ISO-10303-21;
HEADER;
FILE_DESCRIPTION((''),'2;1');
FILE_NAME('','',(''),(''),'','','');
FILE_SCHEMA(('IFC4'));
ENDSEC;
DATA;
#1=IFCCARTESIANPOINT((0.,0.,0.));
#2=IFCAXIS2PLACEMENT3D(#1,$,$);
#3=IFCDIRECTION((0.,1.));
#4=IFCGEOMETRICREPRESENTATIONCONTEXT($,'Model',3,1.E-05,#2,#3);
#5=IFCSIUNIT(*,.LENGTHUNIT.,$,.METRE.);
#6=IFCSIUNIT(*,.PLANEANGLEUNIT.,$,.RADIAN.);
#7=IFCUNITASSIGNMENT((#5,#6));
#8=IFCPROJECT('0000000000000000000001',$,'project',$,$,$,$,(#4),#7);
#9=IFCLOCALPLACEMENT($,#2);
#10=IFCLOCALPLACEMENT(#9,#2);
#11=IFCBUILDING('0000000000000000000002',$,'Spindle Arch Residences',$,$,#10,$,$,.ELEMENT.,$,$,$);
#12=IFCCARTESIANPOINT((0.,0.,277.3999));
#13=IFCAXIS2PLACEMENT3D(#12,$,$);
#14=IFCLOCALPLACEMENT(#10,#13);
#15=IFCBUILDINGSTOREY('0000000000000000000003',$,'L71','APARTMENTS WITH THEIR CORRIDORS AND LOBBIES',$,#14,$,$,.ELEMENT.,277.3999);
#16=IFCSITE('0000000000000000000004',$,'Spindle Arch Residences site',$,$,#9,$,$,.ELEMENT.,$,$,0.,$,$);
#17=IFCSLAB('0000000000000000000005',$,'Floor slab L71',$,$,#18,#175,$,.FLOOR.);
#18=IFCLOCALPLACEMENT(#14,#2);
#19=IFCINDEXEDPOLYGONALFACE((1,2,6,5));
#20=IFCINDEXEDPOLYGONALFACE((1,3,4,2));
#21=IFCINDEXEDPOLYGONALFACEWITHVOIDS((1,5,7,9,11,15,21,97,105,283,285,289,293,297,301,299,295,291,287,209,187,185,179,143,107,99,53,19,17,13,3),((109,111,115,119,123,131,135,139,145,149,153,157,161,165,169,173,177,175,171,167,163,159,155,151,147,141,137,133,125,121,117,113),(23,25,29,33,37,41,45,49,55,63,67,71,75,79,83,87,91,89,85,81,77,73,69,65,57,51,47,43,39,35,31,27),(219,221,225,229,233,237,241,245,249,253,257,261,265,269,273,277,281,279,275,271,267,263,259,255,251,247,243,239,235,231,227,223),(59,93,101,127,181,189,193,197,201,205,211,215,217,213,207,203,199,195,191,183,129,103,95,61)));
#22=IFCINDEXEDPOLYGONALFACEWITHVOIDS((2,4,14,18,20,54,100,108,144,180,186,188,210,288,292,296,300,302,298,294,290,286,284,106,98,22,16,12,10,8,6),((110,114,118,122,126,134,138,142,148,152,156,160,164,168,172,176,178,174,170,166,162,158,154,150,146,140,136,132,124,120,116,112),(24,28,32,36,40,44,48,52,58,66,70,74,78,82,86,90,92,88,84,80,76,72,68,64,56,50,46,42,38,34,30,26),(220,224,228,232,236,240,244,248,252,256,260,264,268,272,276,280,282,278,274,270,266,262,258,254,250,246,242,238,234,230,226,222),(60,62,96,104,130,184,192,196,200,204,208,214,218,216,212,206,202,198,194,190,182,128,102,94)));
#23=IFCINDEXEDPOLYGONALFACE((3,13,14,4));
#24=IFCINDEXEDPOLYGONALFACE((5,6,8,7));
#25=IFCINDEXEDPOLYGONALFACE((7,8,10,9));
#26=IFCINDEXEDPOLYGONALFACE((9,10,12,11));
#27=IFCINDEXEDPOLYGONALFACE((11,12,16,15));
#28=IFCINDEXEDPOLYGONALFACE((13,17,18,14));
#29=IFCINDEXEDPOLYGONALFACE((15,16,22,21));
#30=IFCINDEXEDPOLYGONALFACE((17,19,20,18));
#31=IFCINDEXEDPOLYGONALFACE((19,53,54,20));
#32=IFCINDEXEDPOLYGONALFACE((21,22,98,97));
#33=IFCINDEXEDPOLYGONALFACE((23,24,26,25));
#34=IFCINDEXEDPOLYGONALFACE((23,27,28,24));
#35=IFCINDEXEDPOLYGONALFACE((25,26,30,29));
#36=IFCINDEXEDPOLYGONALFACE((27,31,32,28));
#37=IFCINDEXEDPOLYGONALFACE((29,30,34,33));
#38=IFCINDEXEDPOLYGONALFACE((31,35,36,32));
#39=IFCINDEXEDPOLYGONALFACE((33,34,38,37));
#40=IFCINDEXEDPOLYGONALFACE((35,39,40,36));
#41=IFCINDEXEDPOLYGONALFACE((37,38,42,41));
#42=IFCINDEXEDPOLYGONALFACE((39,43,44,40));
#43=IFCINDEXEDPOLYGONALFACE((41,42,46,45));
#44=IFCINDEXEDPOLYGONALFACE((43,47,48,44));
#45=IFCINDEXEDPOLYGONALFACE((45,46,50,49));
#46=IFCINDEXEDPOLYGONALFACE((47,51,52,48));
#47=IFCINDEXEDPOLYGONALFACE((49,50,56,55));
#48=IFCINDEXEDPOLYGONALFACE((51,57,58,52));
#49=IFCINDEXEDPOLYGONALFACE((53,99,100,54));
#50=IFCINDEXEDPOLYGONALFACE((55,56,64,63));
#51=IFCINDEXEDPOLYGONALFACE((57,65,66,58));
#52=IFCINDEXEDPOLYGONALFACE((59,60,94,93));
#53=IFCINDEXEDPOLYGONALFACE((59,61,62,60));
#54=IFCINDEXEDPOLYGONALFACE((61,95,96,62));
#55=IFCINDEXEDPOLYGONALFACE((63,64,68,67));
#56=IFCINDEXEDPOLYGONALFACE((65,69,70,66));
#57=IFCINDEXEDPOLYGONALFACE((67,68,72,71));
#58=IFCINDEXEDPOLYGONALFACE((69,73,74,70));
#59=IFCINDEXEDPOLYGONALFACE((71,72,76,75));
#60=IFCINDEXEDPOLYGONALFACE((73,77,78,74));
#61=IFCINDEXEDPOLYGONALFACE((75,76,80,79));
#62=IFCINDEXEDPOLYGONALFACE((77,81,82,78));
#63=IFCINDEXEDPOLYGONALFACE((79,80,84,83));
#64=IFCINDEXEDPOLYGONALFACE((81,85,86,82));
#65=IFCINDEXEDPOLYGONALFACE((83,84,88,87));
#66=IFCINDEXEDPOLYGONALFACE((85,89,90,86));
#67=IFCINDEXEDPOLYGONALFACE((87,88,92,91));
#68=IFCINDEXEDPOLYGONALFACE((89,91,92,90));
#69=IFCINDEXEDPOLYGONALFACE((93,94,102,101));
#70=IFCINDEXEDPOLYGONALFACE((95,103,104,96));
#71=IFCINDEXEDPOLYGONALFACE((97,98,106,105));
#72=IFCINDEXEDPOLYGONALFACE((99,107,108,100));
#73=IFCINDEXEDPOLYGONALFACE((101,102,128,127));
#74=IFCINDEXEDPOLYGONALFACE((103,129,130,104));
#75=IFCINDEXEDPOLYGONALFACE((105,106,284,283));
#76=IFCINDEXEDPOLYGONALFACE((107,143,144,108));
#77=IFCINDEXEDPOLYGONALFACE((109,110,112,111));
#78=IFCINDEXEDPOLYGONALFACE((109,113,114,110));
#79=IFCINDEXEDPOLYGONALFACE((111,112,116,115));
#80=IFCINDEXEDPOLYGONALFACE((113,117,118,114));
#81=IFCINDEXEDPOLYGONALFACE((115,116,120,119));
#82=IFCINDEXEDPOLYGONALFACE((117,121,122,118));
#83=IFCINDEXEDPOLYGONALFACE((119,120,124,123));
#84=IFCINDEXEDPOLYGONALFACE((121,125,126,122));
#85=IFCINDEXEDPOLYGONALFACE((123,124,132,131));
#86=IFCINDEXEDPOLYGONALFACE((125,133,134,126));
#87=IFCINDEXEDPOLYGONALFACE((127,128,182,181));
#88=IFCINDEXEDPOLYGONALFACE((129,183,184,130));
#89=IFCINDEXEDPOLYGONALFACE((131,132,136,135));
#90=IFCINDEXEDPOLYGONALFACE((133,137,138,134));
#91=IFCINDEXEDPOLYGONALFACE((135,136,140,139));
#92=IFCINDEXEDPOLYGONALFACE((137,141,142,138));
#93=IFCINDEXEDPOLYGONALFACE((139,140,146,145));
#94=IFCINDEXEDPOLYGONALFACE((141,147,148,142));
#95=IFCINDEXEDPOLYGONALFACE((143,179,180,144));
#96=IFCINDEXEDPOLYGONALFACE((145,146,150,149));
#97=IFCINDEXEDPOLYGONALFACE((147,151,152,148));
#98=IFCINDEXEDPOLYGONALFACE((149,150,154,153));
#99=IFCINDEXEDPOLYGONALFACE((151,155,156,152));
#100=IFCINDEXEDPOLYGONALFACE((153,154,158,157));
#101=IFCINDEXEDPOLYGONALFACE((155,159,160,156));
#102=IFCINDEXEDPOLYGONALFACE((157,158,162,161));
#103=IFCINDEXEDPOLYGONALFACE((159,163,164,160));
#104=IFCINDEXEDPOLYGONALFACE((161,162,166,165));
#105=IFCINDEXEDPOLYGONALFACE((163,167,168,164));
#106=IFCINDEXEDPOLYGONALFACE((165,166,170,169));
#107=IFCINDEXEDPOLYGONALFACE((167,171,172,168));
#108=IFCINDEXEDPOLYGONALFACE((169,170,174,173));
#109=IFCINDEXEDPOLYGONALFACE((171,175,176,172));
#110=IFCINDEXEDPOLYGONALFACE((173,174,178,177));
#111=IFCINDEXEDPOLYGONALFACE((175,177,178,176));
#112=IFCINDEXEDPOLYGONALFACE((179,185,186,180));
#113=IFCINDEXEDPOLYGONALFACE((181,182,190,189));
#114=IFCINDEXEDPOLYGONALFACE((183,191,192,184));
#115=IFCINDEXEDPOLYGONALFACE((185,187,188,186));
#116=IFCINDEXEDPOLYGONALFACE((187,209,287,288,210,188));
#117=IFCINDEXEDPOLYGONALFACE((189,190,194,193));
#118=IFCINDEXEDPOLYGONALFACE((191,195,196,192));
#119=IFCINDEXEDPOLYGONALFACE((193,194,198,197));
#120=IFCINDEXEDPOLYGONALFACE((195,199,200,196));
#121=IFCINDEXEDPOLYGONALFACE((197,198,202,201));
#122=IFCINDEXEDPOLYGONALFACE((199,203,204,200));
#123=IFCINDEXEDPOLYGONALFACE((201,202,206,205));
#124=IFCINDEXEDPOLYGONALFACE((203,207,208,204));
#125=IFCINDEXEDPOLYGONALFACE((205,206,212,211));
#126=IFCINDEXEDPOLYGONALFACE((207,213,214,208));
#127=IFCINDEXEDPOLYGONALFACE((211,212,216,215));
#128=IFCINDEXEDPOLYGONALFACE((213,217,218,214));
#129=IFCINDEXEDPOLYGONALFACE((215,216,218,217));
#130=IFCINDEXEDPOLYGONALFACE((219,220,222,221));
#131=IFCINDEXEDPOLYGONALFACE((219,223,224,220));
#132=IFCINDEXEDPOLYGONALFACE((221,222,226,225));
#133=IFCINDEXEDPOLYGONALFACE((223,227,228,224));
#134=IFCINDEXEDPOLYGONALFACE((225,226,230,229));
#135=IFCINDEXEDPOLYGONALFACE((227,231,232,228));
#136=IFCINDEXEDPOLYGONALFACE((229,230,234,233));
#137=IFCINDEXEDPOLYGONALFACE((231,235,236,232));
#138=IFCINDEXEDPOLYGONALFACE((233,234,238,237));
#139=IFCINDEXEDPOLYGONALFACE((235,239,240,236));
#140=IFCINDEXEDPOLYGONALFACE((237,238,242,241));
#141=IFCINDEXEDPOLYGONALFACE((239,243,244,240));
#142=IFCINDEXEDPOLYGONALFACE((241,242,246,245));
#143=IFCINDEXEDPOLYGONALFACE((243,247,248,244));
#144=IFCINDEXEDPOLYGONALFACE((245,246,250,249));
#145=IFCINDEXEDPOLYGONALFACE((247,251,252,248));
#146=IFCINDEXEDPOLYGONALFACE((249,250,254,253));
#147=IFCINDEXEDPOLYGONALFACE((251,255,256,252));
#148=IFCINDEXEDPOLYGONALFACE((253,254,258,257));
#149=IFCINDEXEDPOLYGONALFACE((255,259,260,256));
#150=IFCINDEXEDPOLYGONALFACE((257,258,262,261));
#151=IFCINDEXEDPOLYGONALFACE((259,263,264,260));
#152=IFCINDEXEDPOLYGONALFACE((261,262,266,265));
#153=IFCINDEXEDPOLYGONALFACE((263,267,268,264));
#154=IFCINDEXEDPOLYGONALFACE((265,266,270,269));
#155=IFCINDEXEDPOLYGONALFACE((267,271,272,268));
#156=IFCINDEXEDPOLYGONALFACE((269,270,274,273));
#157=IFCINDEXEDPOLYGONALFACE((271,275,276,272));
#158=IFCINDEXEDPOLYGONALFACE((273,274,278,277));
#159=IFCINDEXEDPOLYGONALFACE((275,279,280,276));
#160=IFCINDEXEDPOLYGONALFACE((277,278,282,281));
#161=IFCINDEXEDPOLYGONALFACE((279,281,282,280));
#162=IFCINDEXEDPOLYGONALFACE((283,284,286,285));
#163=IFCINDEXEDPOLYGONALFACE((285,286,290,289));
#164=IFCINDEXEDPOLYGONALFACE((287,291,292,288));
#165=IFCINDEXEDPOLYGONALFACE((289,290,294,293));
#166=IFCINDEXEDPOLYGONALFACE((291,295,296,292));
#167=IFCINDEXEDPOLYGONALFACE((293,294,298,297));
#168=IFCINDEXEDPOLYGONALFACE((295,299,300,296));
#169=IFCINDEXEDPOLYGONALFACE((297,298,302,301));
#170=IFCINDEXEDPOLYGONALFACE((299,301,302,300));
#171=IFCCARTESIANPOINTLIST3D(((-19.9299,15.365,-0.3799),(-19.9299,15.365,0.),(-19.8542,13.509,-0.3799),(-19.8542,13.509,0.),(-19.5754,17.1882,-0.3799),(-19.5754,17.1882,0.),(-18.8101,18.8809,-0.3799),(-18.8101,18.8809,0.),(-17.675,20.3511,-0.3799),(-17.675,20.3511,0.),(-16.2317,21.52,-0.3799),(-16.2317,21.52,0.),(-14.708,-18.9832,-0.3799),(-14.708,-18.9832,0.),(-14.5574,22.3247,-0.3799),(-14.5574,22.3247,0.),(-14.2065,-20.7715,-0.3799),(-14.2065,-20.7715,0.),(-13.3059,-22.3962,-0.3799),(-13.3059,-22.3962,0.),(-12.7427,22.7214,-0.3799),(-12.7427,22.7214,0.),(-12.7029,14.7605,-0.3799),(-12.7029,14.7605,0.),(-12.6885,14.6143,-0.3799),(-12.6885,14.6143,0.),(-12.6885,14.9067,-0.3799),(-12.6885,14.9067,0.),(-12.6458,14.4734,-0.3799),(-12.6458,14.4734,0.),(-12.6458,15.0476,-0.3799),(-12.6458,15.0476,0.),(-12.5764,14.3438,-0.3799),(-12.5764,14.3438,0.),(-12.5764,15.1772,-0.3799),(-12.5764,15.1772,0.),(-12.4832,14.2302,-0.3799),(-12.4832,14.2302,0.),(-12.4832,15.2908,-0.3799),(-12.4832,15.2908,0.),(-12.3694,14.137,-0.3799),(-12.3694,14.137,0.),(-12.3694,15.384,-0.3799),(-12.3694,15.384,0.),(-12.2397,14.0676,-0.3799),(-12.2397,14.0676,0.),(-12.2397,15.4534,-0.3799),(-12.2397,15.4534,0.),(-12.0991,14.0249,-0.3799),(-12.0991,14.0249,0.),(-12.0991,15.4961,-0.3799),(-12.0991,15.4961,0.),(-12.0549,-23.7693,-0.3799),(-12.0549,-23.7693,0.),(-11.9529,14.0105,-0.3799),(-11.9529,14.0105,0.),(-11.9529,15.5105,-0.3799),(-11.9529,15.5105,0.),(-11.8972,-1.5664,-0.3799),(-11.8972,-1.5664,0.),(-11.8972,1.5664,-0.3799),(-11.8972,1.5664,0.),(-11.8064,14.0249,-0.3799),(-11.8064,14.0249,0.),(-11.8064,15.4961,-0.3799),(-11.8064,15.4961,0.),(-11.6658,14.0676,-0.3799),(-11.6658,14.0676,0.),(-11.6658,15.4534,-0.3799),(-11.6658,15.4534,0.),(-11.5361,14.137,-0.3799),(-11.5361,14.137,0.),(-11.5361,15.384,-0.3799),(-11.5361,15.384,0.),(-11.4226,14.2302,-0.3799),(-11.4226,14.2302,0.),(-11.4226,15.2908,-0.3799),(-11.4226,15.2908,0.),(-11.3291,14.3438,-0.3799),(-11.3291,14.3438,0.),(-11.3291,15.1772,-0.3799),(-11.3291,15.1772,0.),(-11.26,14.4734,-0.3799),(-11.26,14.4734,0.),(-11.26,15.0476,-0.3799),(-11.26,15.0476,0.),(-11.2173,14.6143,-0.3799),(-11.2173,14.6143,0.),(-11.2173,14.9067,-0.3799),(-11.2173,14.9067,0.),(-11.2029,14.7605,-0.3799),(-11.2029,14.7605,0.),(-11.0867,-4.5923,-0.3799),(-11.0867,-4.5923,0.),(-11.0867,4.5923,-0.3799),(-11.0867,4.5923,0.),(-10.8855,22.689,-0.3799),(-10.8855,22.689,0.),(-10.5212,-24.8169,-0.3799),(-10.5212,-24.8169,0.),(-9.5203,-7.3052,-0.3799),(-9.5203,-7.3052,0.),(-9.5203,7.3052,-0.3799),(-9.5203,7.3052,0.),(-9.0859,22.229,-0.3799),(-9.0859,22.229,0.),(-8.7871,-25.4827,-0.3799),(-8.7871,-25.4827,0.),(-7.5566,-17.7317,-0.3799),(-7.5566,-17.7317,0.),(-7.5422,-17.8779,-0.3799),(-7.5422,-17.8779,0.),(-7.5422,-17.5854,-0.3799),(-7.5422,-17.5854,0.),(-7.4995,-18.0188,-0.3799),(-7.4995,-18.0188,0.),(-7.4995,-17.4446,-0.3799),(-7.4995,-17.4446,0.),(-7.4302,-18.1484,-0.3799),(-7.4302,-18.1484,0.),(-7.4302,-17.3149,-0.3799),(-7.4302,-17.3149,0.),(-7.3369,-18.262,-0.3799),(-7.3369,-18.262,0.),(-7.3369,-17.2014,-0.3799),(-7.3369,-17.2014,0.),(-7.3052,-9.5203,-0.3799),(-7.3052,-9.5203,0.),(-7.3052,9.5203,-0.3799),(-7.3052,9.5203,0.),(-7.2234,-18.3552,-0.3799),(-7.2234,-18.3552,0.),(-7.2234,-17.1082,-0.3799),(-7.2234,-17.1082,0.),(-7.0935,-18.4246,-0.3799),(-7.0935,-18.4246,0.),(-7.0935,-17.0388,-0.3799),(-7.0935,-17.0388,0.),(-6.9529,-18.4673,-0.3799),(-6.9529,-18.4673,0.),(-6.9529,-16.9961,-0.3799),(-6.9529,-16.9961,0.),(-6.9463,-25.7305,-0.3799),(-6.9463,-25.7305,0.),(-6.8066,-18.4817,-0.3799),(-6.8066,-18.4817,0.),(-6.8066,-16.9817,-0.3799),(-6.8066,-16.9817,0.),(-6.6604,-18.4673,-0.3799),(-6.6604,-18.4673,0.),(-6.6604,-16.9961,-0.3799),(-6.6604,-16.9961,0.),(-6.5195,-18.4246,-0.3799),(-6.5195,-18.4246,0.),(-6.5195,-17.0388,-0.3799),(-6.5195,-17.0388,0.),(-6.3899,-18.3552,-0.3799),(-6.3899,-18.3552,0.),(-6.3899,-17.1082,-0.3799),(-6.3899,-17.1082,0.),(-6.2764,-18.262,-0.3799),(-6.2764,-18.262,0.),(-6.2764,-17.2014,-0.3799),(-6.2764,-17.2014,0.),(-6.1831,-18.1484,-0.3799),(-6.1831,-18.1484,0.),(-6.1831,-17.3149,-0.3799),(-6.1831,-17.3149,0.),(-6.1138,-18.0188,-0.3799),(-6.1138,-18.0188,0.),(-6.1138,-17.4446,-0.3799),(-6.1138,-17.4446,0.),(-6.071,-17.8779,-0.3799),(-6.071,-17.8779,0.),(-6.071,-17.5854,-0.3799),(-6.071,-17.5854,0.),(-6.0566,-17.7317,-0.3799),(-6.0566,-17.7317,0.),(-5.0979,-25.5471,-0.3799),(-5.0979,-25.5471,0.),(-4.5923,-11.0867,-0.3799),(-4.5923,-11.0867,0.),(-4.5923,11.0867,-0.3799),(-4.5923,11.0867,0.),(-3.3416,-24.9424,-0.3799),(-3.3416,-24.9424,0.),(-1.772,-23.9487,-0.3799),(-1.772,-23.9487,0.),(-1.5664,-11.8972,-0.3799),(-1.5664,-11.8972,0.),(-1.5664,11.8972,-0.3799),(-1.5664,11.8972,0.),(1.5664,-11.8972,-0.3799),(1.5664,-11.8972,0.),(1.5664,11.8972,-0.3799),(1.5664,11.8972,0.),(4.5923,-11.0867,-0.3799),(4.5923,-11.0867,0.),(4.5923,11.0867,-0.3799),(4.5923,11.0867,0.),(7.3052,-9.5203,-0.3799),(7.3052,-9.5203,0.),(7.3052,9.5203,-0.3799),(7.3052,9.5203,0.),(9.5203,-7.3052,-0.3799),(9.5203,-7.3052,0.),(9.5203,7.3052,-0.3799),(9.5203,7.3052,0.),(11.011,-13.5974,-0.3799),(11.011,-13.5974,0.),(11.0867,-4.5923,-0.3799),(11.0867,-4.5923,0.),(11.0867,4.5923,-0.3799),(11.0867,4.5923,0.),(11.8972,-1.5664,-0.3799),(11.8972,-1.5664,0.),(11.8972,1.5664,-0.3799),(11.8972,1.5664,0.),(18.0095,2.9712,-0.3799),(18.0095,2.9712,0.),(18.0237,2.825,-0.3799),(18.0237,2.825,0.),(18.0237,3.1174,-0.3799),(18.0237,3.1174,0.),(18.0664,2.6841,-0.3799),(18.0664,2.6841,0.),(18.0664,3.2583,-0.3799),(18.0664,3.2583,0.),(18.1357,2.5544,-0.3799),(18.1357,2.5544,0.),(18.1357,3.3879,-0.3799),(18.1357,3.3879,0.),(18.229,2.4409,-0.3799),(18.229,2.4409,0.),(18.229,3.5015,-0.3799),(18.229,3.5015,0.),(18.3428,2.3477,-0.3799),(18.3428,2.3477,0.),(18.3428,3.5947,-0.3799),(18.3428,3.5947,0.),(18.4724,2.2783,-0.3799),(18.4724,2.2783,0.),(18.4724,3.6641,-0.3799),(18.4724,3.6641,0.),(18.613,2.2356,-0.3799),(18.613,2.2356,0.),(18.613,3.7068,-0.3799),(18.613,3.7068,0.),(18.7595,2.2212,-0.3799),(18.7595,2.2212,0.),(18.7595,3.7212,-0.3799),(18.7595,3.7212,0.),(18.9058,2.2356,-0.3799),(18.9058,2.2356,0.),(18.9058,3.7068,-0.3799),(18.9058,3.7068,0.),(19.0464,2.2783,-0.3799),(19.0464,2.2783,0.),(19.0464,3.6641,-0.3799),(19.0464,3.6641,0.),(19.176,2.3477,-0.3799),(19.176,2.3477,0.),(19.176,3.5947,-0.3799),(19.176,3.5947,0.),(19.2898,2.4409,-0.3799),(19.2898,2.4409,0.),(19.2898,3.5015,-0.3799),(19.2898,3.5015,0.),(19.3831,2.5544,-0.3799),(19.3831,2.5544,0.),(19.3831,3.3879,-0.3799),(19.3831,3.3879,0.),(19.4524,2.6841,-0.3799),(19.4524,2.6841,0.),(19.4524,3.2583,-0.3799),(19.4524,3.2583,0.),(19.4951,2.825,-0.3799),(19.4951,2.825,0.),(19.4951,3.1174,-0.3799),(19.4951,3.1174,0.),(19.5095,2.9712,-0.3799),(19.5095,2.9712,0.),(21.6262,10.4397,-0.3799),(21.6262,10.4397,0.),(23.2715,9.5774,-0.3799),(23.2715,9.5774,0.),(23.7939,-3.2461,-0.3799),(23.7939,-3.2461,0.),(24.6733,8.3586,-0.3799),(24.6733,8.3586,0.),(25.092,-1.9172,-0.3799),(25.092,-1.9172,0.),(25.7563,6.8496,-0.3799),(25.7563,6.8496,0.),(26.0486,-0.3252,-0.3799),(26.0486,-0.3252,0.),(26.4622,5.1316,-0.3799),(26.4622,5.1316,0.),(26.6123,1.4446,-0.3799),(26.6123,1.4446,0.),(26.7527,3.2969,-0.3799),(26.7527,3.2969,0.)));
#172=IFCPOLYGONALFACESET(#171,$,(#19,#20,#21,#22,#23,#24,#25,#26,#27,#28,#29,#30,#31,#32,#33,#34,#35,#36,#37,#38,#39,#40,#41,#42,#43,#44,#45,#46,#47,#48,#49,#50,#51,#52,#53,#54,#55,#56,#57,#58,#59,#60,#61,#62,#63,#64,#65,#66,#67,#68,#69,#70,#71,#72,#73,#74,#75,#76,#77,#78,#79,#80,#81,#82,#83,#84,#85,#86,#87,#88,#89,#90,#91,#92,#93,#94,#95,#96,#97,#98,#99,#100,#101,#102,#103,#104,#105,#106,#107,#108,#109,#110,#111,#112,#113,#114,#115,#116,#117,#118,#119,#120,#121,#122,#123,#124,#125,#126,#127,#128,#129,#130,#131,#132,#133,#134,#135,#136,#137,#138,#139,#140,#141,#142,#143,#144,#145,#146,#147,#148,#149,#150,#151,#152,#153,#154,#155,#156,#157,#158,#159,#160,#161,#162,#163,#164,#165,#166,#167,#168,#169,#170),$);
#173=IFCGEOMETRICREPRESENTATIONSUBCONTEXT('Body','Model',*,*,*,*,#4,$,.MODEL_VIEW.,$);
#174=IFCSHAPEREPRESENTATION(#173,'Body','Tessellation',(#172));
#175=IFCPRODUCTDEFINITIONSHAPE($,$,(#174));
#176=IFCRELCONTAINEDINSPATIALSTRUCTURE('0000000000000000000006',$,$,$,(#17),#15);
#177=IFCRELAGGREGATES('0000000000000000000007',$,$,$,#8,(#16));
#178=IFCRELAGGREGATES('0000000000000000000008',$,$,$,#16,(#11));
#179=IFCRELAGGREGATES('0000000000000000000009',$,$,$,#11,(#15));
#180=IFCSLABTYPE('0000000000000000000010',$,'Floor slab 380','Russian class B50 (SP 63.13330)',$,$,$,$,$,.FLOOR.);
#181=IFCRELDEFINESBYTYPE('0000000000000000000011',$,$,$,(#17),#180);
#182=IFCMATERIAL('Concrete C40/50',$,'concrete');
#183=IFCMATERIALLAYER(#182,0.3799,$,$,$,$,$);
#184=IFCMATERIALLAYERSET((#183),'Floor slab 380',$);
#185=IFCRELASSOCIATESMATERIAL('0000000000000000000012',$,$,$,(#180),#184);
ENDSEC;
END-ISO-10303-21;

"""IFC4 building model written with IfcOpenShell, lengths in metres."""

from ifc_helpers import new_model, si_unit, direction, frame, origin, place, context, subcontext, project, spatial, polyline, outline, extrude, material, layer, layer_set, type_object, element, save


model = new_model("IFC4")

# Units and contexts
model_context = context("Model", 3, precision=1e-05, world=origin(), true_north=direction((0.0, 1.0)))
body_context = subcontext(model_context, "Body", "Model", "MODEL_VIEW")
ifc_project = project(units=[si_unit("LENGTHUNIT", "METRE"), si_unit("PLANEANGLEUNIT", "RADIAN")], contexts=[model_context])

# Site, building, storey
site_placement = place(None, origin())
site = spatial("IfcSite", under=ifc_project, at=site_placement, Name="Spindle Arch Residences site", CompositionType="ELEMENT", RefElevation=0.0)
building_placement = place(site_placement, origin())
building = spatial("IfcBuilding", under=site, at=building_placement, Name="Spindle Arch Residences", CompositionType="ELEMENT")
storey_placement = place(building_placement, frame((0.0, 0.0, 277.3999)))
storey = spatial("IfcBuildingStorey", under=building, at=storey_placement, Name="L71", Description="APARTMENTS WITH THEIR CORRIDORS AND LOBBIES", CompositionType="ELEMENT", Elevation=277.3999)

# Slab
ifc_material_1 = material(Name="Concrete C40/50", Category="concrete")
ifc_layer_1 = layer(ifc_material_1, 0.3799)
ifc_layer_set_1 = layer_set([ifc_layer_1], Name="Floor slab 380")
slab_type_1 = type_object("IfcSlabType", Name="Floor slab 380", Description="Russian class B50 (SP 63.13330)", PredefinedType="FLOOR", material=ifc_layer_set_1)
slab_1_placement = place(storey_placement, frame((0.0, 0.0, -0.3799)))
element("IfcSlab", 1, at=slab_1_placement, inside=storey, type_object=slab_type_1, Name="Floor slab L71", PredefinedType="FLOOR", context=body_context, shape_type="SweptSolid", body=[
    extrude(outline(polyline([(-3.3416, -24.9424), (-5.0979, -25.5471), (-6.9463, -25.7305), (-8.7871, -25.4827), (-10.5212, -24.8169), (-12.0549, -23.7693), (-13.3059, -22.3962), (-14.2065, -20.7715), (-14.708, -18.9832), (-19.8542, 13.509), (-19.9299, 15.365), (-19.5754, 17.1882), (-18.8101, 18.8809), (-17.675, 20.3511), (-16.2317, 21.52), (-14.5574, 22.3247), (-12.7427, 22.7214), (-10.8855, 22.689), (-9.0859, 22.229), (21.6262, 10.4397), (23.2715, 9.5774), (24.6733, 8.3586), (25.7563, 6.8496), (26.4622, 5.1316), (26.7527, 3.2969), (26.6123, 1.4446), (26.0486, -0.3252), (25.092, -1.9172), (23.7939, -3.2461), (11.011, -13.5974), (-1.772, -23.9487), (-3.3416, -24.9424)]), holes=[polyline([(7.3052, -9.5203), (9.5203, -7.3052), (11.0867, -4.5923), (11.8972, -1.5664), (11.8972, 1.5664), (11.0867, 4.5923), (9.5203, 7.3052), (7.3052, 9.5203), (4.5923, 11.0867), (1.5664, 11.8972), (-1.5664, 11.8972), (-4.5923, 11.0867), (-7.3052, 9.5203), (-9.5203, 7.3052), (-11.0867, 4.5923), (-11.8972, 1.5664), (-11.8972, -1.5664), (-11.0867, -4.5923), (-9.5203, -7.3052), (-7.3052, -9.5203), (-4.5923, -11.0867), (-1.5664, -11.8972), (1.5664, -11.8972), (4.5923, -11.0867), (7.3052, -9.5203)]), polyline([(-6.2764, -18.262), (-6.1831, -18.1484), (-6.1138, -18.0188), (-6.071, -17.8779), (-6.0566, -17.7317), (-6.071, -17.5854), (-6.1138, -17.4446), (-6.1831, -17.3149), (-6.2764, -17.2014), (-6.3899, -17.1082), (-6.5195, -17.0388), (-6.6604, -16.9961), (-6.8066, -16.9817), (-6.9529, -16.9961), (-7.0935, -17.0388), (-7.2234, -17.1082), (-7.3369, -17.2014), (-7.4302, -17.3149), (-7.4995, -17.4446), (-7.5422, -17.5854), (-7.5566, -17.7317), (-7.5422, -17.8779), (-7.4995, -18.0188), (-7.4302, -18.1484), (-7.3369, -18.262), (-7.2234, -18.3552), (-7.0935, -18.4246), (-6.9529, -18.4673), (-6.8066, -18.4817), (-6.6604, -18.4673), (-6.5195, -18.4246), (-6.3899, -18.3552), (-6.2764, -18.262)]), polyline([(-11.3291, 14.3438), (-11.26, 14.4734), (-11.2173, 14.6143), (-11.2029, 14.7605), (-11.2173, 14.9067), (-11.26, 15.0476), (-11.3291, 15.1772), (-11.4226, 15.2908), (-11.5361, 15.384), (-11.6658, 15.4534), (-11.8064, 15.4961), (-11.9529, 15.5105), (-12.0991, 15.4961), (-12.2397, 15.4534), (-12.3694, 15.384), (-12.4832, 15.2908), (-12.5764, 15.1772), (-12.6458, 15.0476), (-12.6885, 14.9067), (-12.7029, 14.7605), (-12.6885, 14.6143), (-12.6458, 14.4734), (-12.5764, 14.3438), (-12.4832, 14.2302), (-12.3694, 14.137), (-12.2397, 14.0676), (-12.0991, 14.0249), (-11.9529, 14.0105), (-11.8064, 14.0249), (-11.6658, 14.0676), (-11.5361, 14.137), (-11.4226, 14.2302), (-11.3291, 14.3438)]), polyline([(19.3831, 2.5544), (19.4524, 2.6841), (19.4951, 2.825), (19.5095, 2.9712), (19.4951, 3.1174), (19.4524, 3.2583), (19.3831, 3.3879), (19.2898, 3.5015), (19.176, 3.5947), (19.0464, 3.6641), (18.9058, 3.7068), (18.7595, 3.7212), (18.613, 3.7068), (18.4724, 3.6641), (18.3428, 3.5947), (18.229, 3.5015), (18.1357, 3.3879), (18.0664, 3.2583), (18.0237, 3.1174), (18.0095, 2.9712), (18.0237, 2.825), (18.0664, 2.6841), (18.1357, 2.5544), (18.229, 2.4409), (18.3428, 2.3477), (18.4724, 2.2783), (18.613, 2.2356), (18.7595, 2.2212), (18.9058, 2.2356), (19.0464, 2.2783), (19.176, 2.3477), (19.2898, 2.4409), (19.3831, 2.5544)])]), origin(), (0.0, 0.0, 1.0), 0.3799),
])

save(model, "model.ifc")
